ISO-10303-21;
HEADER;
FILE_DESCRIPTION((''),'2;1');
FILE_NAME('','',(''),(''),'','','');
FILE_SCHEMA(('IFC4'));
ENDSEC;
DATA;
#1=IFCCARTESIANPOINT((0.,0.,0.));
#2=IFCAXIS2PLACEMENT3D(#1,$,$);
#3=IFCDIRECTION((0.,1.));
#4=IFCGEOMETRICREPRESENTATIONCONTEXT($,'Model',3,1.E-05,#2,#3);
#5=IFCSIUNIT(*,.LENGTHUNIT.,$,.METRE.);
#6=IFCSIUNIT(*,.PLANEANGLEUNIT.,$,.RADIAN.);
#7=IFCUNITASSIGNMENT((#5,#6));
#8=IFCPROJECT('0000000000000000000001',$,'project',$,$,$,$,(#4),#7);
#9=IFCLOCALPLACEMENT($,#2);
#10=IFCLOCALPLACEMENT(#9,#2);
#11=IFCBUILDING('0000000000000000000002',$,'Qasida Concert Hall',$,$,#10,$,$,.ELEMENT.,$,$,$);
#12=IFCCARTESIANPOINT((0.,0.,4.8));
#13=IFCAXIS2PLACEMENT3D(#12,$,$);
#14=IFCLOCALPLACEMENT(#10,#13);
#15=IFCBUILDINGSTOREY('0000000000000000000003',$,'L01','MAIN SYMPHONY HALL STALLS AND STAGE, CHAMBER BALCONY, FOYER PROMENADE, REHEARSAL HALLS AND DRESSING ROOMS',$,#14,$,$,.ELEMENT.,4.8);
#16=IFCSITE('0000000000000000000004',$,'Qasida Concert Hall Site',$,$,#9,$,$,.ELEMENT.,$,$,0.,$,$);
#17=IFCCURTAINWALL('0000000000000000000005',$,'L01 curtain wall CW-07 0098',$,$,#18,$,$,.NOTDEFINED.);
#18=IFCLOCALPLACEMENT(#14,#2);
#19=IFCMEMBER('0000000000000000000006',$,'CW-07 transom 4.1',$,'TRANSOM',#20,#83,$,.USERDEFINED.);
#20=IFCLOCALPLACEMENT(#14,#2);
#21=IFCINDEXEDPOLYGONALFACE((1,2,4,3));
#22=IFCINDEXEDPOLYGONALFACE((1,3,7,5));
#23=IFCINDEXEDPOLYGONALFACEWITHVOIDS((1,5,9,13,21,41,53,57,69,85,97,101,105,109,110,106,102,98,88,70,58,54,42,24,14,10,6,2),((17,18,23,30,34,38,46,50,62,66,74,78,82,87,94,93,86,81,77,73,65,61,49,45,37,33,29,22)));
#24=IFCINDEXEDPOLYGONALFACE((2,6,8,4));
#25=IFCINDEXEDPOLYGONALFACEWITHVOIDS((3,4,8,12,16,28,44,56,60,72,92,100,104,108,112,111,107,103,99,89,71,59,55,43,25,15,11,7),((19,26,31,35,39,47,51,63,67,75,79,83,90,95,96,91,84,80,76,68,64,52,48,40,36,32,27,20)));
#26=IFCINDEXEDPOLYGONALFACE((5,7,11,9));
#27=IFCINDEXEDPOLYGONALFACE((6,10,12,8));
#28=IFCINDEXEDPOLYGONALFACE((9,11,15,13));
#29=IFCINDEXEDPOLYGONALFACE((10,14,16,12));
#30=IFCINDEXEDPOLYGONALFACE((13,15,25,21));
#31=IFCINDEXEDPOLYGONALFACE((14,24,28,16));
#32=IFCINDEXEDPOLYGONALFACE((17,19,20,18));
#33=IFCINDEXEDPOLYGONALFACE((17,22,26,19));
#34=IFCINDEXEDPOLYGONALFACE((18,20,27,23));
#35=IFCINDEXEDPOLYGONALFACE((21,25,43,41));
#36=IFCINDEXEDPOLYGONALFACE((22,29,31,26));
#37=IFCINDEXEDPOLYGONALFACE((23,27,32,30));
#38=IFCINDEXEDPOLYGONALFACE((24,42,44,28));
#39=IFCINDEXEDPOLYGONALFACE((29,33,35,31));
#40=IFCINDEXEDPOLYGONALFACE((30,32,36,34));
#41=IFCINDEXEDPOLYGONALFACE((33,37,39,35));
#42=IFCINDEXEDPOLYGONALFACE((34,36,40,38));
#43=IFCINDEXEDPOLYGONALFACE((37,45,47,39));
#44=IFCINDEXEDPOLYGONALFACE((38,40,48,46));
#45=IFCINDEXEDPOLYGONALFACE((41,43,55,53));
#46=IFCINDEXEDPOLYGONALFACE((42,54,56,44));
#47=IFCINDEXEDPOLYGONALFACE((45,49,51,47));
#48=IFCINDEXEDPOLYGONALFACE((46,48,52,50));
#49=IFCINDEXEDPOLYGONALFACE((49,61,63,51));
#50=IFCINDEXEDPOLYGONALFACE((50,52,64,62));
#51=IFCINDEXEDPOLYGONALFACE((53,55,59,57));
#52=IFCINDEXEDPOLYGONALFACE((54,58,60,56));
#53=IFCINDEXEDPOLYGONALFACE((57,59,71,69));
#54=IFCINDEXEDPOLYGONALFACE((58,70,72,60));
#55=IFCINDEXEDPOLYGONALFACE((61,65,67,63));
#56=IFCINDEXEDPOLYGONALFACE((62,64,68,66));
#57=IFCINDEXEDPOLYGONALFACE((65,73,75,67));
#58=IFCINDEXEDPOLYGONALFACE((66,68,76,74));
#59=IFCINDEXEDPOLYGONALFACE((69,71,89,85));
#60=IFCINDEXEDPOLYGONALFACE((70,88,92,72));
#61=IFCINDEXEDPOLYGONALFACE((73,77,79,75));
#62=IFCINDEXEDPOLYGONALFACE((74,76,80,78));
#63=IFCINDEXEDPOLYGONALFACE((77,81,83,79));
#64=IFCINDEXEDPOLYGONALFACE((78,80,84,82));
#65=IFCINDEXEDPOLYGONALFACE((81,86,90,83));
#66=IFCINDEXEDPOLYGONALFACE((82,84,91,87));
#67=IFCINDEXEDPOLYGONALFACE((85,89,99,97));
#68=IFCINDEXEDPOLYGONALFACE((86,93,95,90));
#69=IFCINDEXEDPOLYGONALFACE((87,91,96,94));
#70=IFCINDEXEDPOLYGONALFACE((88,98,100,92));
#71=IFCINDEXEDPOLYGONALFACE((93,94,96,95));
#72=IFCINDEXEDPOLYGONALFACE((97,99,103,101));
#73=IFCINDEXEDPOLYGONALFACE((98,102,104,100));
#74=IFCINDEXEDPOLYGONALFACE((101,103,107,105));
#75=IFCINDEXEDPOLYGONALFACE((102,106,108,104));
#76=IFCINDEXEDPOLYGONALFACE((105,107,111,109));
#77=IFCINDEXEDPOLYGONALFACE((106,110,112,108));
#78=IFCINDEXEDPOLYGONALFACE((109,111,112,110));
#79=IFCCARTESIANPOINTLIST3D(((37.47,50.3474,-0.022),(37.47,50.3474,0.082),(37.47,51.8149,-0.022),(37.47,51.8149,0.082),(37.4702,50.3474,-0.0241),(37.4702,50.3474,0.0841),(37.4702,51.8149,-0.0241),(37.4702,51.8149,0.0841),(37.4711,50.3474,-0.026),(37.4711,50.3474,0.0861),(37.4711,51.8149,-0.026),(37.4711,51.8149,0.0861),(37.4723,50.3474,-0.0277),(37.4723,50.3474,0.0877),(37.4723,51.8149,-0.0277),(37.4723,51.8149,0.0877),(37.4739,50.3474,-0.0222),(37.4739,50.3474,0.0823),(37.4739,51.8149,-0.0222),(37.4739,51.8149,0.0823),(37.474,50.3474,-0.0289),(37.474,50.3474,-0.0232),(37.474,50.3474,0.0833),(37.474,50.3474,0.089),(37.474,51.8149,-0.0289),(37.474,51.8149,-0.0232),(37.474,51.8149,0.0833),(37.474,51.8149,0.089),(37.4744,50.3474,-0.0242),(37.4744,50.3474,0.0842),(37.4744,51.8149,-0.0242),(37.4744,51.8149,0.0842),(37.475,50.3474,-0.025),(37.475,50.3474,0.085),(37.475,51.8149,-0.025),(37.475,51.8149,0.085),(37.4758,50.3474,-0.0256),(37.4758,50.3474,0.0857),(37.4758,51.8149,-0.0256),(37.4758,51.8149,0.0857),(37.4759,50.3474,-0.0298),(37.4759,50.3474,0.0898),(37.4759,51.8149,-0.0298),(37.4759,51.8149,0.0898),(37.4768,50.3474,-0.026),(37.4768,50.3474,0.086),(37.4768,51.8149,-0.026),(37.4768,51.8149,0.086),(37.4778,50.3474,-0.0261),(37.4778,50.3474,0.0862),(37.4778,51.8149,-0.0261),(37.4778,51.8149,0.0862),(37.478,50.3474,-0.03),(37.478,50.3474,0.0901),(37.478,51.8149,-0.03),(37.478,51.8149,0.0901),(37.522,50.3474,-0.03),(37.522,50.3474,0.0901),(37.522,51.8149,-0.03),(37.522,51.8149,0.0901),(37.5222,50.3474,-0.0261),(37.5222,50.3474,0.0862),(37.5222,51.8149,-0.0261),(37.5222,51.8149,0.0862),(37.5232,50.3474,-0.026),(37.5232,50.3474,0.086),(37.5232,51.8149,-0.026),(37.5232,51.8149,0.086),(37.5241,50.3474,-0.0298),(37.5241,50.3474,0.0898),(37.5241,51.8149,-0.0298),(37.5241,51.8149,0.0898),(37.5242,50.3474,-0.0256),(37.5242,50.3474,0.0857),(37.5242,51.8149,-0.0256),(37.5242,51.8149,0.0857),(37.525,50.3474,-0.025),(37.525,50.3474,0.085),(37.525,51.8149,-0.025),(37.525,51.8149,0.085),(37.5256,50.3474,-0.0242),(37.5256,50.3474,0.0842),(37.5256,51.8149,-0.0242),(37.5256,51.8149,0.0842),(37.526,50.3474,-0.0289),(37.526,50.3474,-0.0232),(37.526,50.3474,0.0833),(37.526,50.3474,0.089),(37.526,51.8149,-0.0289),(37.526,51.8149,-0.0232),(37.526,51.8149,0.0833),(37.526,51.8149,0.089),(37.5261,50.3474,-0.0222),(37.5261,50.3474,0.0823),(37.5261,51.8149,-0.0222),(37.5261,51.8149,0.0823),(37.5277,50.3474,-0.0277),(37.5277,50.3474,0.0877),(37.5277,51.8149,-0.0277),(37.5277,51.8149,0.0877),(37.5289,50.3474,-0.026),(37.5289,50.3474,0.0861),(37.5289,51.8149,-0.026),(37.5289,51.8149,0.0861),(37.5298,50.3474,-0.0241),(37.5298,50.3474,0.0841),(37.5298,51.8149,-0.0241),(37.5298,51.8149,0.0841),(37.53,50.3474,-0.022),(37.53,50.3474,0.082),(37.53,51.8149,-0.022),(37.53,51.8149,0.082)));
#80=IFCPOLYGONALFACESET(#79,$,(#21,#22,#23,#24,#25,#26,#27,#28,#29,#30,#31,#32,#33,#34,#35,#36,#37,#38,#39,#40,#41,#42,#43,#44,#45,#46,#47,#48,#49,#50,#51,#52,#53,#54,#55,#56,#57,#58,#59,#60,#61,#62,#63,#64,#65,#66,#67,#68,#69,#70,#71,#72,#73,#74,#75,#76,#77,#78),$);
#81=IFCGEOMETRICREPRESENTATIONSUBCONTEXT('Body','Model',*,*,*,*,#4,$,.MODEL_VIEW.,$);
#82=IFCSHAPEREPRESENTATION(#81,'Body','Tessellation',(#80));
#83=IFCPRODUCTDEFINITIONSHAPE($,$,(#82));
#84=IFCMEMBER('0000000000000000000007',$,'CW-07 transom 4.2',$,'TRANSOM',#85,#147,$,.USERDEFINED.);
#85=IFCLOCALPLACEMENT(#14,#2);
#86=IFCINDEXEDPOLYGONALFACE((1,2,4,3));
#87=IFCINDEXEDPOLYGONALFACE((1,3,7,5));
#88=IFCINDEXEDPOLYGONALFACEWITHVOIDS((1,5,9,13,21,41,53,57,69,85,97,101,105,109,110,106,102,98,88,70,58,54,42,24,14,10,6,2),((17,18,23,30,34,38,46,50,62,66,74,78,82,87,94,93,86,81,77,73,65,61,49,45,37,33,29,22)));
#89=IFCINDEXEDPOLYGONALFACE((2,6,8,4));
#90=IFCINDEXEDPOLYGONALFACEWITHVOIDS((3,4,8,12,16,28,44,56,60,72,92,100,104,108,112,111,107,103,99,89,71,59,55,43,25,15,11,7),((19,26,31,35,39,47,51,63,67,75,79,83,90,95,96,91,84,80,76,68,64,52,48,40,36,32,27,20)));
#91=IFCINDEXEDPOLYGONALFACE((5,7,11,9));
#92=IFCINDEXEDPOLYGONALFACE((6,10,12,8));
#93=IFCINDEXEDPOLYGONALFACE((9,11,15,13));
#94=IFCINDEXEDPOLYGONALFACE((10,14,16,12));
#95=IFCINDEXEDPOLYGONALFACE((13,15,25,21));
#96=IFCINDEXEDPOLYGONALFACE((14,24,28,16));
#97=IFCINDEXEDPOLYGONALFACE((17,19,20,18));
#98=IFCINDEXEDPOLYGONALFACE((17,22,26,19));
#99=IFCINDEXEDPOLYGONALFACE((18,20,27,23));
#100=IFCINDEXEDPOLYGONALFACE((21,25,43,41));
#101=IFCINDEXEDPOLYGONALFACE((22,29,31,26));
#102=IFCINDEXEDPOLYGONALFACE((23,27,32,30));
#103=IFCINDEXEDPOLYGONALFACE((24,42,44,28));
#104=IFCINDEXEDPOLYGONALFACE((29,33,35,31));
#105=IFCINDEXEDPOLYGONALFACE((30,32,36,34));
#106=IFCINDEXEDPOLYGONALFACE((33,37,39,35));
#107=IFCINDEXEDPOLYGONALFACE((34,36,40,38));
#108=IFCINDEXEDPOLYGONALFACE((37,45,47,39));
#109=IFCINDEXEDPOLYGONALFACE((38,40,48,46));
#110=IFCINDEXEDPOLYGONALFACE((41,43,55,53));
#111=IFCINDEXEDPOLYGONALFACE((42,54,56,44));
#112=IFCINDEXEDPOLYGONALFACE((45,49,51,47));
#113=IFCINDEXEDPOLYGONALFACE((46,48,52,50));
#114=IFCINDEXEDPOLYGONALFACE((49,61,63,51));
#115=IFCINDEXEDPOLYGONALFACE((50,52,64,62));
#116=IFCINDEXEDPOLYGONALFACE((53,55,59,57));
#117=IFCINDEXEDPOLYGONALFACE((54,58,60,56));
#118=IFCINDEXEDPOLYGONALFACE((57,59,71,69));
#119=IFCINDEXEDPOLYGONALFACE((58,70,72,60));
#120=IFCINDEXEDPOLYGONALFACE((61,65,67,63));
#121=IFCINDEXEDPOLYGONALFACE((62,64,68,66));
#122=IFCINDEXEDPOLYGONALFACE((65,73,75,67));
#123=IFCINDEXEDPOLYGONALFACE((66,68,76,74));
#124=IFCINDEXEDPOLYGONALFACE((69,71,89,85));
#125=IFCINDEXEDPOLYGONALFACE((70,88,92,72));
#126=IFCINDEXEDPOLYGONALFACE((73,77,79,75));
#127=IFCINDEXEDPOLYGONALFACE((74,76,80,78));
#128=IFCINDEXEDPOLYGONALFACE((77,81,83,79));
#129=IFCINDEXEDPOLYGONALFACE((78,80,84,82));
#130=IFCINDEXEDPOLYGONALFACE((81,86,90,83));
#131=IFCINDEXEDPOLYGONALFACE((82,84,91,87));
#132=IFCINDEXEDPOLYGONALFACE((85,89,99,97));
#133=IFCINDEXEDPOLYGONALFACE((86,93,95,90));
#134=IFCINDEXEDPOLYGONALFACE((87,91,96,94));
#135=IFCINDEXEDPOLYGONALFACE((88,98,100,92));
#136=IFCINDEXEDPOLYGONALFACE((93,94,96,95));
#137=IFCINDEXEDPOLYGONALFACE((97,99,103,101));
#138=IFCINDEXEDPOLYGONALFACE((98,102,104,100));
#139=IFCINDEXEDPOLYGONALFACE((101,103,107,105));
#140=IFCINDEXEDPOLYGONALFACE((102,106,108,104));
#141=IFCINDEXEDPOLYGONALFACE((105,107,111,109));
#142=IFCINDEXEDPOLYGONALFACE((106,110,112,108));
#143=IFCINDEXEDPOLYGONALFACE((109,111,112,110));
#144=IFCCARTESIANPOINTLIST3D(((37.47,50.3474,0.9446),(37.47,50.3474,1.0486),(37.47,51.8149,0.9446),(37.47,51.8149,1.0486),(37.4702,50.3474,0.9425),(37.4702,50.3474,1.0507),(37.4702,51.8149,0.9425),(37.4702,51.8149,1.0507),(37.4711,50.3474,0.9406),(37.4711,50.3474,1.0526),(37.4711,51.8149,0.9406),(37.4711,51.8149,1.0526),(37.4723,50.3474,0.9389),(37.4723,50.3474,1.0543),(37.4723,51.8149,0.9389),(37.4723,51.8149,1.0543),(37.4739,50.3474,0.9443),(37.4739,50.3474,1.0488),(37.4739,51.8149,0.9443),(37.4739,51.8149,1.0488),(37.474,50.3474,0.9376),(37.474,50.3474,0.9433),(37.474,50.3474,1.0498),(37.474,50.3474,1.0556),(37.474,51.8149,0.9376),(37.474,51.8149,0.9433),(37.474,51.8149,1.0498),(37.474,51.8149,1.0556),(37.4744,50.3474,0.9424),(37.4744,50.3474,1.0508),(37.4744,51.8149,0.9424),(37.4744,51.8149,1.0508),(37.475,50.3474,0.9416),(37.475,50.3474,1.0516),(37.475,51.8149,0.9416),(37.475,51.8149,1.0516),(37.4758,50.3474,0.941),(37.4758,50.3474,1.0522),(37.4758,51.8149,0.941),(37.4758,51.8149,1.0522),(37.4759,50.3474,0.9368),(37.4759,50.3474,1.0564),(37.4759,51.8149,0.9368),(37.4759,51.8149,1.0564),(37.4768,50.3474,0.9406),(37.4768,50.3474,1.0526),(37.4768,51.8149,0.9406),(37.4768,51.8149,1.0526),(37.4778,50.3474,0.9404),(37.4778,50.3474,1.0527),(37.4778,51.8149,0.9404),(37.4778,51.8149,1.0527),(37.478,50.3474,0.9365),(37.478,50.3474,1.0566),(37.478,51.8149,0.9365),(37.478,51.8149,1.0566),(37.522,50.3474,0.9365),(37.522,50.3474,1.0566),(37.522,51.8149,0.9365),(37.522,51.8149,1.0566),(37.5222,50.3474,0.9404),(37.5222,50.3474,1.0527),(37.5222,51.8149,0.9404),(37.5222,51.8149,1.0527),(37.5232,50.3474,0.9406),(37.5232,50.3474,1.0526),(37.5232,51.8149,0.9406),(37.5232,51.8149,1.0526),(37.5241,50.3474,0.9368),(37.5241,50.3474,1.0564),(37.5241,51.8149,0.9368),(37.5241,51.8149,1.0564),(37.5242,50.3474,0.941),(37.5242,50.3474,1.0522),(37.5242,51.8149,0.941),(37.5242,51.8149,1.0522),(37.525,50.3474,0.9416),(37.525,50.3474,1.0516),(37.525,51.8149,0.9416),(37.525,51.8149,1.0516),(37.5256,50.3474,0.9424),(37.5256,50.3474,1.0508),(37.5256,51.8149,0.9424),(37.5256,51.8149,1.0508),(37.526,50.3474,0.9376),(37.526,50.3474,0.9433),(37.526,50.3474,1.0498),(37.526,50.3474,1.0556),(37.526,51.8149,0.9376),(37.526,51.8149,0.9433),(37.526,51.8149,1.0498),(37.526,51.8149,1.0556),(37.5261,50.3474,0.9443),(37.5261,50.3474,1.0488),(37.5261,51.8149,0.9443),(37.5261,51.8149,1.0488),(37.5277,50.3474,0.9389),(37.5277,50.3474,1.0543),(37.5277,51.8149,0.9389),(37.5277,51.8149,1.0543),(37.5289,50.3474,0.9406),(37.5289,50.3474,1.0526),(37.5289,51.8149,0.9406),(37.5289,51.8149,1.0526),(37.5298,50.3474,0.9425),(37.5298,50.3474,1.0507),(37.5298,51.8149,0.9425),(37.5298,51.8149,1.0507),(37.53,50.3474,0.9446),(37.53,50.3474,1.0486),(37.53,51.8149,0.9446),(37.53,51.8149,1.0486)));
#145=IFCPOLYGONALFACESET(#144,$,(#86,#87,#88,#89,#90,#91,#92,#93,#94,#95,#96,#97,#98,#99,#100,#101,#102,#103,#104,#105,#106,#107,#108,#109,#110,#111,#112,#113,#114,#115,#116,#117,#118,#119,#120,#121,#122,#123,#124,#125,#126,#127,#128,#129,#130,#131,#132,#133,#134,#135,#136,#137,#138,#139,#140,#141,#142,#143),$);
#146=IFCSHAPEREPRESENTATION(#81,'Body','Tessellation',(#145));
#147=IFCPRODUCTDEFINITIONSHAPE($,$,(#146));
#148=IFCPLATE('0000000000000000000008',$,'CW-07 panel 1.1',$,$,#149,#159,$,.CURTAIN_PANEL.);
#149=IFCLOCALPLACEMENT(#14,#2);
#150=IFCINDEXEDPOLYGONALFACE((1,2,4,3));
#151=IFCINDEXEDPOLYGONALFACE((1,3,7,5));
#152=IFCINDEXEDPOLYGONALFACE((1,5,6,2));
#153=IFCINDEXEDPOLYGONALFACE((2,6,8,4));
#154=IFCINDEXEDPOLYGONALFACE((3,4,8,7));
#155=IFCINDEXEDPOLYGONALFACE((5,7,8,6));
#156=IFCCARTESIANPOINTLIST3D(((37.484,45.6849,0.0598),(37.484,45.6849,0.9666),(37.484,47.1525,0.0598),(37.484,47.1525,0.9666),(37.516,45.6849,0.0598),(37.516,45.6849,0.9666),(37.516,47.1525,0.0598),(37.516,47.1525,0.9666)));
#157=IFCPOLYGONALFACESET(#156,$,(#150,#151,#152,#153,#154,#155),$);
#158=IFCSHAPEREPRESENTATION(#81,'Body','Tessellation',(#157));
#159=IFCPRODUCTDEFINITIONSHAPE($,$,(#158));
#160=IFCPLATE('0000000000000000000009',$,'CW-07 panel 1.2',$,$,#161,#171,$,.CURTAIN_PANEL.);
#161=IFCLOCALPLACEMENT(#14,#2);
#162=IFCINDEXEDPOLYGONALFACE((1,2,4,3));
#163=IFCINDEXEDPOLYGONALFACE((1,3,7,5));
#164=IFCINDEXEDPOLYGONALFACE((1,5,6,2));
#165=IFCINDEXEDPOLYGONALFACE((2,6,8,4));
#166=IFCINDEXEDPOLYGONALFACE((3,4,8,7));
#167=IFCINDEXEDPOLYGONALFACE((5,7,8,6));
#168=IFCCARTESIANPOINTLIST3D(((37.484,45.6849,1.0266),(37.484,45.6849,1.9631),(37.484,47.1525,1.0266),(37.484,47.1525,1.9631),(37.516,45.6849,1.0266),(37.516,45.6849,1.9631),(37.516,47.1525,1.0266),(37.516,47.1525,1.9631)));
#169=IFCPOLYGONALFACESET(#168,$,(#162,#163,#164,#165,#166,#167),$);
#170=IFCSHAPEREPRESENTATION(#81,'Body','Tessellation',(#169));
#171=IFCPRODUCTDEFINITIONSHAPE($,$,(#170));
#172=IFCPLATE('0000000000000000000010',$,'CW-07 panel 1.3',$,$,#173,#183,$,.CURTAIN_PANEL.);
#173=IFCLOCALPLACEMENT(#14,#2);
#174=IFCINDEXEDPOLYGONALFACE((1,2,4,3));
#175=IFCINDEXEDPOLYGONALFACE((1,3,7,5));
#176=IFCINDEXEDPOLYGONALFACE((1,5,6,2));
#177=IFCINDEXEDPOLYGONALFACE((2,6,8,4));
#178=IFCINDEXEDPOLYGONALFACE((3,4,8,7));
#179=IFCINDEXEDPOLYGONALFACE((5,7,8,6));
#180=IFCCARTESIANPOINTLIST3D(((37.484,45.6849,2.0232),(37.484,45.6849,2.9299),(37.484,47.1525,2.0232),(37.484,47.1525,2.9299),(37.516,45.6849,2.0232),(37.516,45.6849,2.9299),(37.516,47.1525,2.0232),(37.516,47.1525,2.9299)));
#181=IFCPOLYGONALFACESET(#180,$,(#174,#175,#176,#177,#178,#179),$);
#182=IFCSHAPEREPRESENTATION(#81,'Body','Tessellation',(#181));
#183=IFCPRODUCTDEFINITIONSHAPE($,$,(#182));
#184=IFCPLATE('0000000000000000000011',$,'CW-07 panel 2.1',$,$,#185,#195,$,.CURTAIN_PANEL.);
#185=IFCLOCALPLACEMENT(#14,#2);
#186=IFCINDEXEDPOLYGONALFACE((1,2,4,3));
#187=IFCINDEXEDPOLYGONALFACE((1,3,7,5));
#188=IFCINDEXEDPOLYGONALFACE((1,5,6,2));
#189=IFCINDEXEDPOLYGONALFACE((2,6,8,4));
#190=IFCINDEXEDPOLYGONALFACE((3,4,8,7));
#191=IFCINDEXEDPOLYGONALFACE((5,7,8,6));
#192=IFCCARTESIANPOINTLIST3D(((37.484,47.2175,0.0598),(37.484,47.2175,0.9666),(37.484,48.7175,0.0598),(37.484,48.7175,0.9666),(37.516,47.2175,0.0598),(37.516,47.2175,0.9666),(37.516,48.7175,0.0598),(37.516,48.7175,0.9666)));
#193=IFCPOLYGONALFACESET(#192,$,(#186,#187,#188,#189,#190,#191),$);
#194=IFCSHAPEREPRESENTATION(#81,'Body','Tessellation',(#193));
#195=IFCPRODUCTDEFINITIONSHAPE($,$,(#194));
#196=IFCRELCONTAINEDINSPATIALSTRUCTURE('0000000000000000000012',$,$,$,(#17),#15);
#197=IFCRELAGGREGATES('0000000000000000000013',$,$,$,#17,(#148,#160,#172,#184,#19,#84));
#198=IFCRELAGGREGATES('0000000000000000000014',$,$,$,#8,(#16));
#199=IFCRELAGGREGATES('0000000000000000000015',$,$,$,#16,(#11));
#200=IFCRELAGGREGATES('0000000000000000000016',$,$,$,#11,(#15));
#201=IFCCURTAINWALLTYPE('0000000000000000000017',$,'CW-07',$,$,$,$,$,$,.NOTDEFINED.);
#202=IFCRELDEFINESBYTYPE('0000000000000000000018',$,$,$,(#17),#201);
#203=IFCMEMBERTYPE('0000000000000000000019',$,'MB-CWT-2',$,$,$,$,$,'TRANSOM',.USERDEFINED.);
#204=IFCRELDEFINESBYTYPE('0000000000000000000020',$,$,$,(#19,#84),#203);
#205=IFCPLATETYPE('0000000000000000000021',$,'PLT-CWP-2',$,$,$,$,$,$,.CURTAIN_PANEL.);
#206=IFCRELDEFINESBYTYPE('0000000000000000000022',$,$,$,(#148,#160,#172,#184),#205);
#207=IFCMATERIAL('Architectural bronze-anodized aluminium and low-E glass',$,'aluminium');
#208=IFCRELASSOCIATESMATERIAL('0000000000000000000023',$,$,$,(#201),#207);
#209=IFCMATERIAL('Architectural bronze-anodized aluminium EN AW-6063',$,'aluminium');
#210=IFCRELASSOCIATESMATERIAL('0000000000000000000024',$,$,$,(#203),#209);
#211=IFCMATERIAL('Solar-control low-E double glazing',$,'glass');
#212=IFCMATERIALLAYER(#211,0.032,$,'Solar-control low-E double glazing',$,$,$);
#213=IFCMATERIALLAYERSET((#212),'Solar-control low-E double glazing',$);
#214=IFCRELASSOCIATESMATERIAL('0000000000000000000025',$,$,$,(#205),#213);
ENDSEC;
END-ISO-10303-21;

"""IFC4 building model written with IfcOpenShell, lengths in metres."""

from ifc_helpers import new_model, si_unit, direction, frame, origin, origin_2d, place, context, subcontext, project, spatial, rectangle, hollow_rectangle, extrude, material, layer, layer_set, material_profile, profile_set, type_object, element, aggregate, save


model = new_model("IFC4")

# Units and contexts
model_context = context("Model", 3, precision=1e-05, world=origin(), true_north=direction((0.0, 1.0)))
body_context = subcontext(model_context, "Body", "Model", "MODEL_VIEW")
ifc_project = project(units=[si_unit("LENGTHUNIT", "METRE"), si_unit("PLANEANGLEUNIT", "RADIAN")], contexts=[model_context])

# Site, building, storey
site_placement = place(None, origin())
site = spatial("IfcSite", under=ifc_project, at=site_placement, Name="Qasida Concert Hall Site", CompositionType="ELEMENT", RefElevation=0.0)
building_placement = place(site_placement, origin())
building = spatial("IfcBuilding", under=site, at=building_placement, Name="Qasida Concert Hall", CompositionType="ELEMENT")
storey_placement = place(building_placement, frame((0.0, 0.0, 4.8)))
storey = spatial("IfcBuildingStorey", under=building, at=storey_placement, Name="L01", Description="MAIN SYMPHONY HALL STALLS AND STAGE, CHAMBER BALCONY, FOYER PROMENADE, REHEARSAL HALLS AND DRESSING ROOMS", CompositionType="ELEMENT", Elevation=4.8)

# Curtain wall, members, plates
ifc_material_1 = material(Name="Architectural bronze-anodized aluminium and low-E glass", Category="aluminium")
curtain_wall_type = type_object("IfcCurtainWallType", Name="CW-07", PredefinedType="NOTDEFINED", material=ifc_material_1)
curtain_wall_placement = place(storey_placement, origin())
curtain_wall = element("IfcCurtainWall", 1, at=curtain_wall_placement, inside=storey, type_object=curtain_wall_type, Name="L01 curtain wall CW-07 0098", PredefinedType="NOTDEFINED")
ifc_material_2 = material(Name="Architectural bronze-anodized aluminium EN AW-6063", Category="aluminium")
ifc_material_profile_1 = material_profile(ifc_material_2, hollow_rectangle(XDim=0.0601, YDim=0.1201, WallThickness=0.0039, InnerFilletRadius=0.0039, OuterFilletRadius=0.0081, at=origin_2d()), Name="CWT 120x60x4")
ifc_profile_set_1 = profile_set([ifc_material_profile_1], Name="Architectural bronze-anodized aluminium EN AW-6063")
member_type_1 = type_object("IfcMemberType", Name="MB-CWT-2", ElementType="TRANSOM", PredefinedType="USERDEFINED", material=ifc_profile_set_1)
member_1_placement = place(storey_placement, frame((37.5, 50.3474, 0.03), z_axis=(0.0, 1.0, 0.0), x_axis=(-1.0, 0.0, 0.0)))
member_1 = element("IfcMember", 2, at=member_1_placement, type_object=member_type_1, Name="CW-07 transom 4.1", ObjectType="TRANSOM", PredefinedType="USERDEFINED", context=body_context, shape_type="SweptSolid", body=[
    extrude(hollow_rectangle(XDim=0.0601, YDim=0.1201, WallThickness=0.0039, InnerFilletRadius=0.0039, OuterFilletRadius=0.0081, at=origin_2d()), origin(), (0.0, 0.0, 1.0), 1.4675),
])
member_2_placement = place(storey_placement, frame((37.5, 50.3474, 0.9966), z_axis=(0.0, 1.0, 0.0), x_axis=(-1.0, 0.0, 0.0)))
member_2 = element("IfcMember", 3, at=member_2_placement, type_object=member_type_1, Name="CW-07 transom 4.2", ObjectType="TRANSOM", PredefinedType="USERDEFINED", context=body_context, shape_type="SweptSolid", body=[
    extrude(hollow_rectangle(XDim=0.0601, YDim=0.1201, WallThickness=0.0039, InnerFilletRadius=0.0039, OuterFilletRadius=0.0081, at=origin_2d()), origin(), (0.0, 0.0, 1.0), 1.4675),
])
ifc_material_3 = material(Name="Solar-control low-E double glazing", Category="glass")
ifc_layer = layer(ifc_material_3, 0.032, Name="Solar-control low-E double glazing")
ifc_layer_set = layer_set([ifc_layer], Name="Solar-control low-E double glazing")
plate_type = type_object("IfcPlateType", Name="PLT-CWP-2", PredefinedType="CURTAIN_PANEL", material=ifc_layer_set)
plate_1_placement = place(storey_placement, frame((37.5, 46.4187, 0.0598), z_axis=(0.0, 0.0, 1.0), x_axis=(0.0, 1.0, 0.0)))
plate_1 = element("IfcPlate", 4, at=plate_1_placement, type_object=plate_type, Name="CW-07 panel 1.1", PredefinedType="CURTAIN_PANEL", context=body_context, shape_type="SweptSolid", body=[
    extrude(rectangle(XDim=1.4675, YDim=0.032, at=origin_2d()), origin(), (0.0, 0.0, 1.0), 0.9067),
])
plate_2_placement = place(storey_placement, frame((37.5, 46.4187, 1.0266), z_axis=(0.0, 0.0, 1.0), x_axis=(0.0, 1.0, 0.0)))
plate_2 = element("IfcPlate", 5, at=plate_2_placement, type_object=plate_type, Name="CW-07 panel 1.2", PredefinedType="CURTAIN_PANEL", context=body_context, shape_type="SweptSolid", body=[
    extrude(rectangle(XDim=1.4675, YDim=0.032, at=origin_2d()), origin(), (0.0, 0.0, 1.0), 0.9365),
])
plate_3_placement = place(storey_placement, frame((37.5, 46.4187, 2.0232), z_axis=(0.0, 0.0, 1.0), x_axis=(0.0, 1.0, 0.0)))
plate_3 = element("IfcPlate", 6, at=plate_3_placement, type_object=plate_type, Name="CW-07 panel 1.3", PredefinedType="CURTAIN_PANEL", context=body_context, shape_type="SweptSolid", body=[
    extrude(rectangle(XDim=1.4675, YDim=0.032, at=origin_2d()), origin(), (0.0, 0.0, 1.0), 0.9067),
])
plate_4_placement = place(storey_placement, frame((37.5, 47.9675, 0.0598), z_axis=(0.0, 0.0, 1.0), x_axis=(0.0, 1.0, 0.0)))
plate_4 = element("IfcPlate", 7, at=plate_4_placement, type_object=plate_type, Name="CW-07 panel 2.1", PredefinedType="CURTAIN_PANEL", context=body_context, shape_type="SweptSolid", body=[
    extrude(rectangle(XDim=1.5, YDim=0.032, at=origin_2d()), origin(), (0.0, 0.0, 1.0), 0.9067),
])
aggregate(curtain_wall, [plate_1, plate_2, plate_3, plate_4, member_1, member_2])

save(model, "model.ifc")
